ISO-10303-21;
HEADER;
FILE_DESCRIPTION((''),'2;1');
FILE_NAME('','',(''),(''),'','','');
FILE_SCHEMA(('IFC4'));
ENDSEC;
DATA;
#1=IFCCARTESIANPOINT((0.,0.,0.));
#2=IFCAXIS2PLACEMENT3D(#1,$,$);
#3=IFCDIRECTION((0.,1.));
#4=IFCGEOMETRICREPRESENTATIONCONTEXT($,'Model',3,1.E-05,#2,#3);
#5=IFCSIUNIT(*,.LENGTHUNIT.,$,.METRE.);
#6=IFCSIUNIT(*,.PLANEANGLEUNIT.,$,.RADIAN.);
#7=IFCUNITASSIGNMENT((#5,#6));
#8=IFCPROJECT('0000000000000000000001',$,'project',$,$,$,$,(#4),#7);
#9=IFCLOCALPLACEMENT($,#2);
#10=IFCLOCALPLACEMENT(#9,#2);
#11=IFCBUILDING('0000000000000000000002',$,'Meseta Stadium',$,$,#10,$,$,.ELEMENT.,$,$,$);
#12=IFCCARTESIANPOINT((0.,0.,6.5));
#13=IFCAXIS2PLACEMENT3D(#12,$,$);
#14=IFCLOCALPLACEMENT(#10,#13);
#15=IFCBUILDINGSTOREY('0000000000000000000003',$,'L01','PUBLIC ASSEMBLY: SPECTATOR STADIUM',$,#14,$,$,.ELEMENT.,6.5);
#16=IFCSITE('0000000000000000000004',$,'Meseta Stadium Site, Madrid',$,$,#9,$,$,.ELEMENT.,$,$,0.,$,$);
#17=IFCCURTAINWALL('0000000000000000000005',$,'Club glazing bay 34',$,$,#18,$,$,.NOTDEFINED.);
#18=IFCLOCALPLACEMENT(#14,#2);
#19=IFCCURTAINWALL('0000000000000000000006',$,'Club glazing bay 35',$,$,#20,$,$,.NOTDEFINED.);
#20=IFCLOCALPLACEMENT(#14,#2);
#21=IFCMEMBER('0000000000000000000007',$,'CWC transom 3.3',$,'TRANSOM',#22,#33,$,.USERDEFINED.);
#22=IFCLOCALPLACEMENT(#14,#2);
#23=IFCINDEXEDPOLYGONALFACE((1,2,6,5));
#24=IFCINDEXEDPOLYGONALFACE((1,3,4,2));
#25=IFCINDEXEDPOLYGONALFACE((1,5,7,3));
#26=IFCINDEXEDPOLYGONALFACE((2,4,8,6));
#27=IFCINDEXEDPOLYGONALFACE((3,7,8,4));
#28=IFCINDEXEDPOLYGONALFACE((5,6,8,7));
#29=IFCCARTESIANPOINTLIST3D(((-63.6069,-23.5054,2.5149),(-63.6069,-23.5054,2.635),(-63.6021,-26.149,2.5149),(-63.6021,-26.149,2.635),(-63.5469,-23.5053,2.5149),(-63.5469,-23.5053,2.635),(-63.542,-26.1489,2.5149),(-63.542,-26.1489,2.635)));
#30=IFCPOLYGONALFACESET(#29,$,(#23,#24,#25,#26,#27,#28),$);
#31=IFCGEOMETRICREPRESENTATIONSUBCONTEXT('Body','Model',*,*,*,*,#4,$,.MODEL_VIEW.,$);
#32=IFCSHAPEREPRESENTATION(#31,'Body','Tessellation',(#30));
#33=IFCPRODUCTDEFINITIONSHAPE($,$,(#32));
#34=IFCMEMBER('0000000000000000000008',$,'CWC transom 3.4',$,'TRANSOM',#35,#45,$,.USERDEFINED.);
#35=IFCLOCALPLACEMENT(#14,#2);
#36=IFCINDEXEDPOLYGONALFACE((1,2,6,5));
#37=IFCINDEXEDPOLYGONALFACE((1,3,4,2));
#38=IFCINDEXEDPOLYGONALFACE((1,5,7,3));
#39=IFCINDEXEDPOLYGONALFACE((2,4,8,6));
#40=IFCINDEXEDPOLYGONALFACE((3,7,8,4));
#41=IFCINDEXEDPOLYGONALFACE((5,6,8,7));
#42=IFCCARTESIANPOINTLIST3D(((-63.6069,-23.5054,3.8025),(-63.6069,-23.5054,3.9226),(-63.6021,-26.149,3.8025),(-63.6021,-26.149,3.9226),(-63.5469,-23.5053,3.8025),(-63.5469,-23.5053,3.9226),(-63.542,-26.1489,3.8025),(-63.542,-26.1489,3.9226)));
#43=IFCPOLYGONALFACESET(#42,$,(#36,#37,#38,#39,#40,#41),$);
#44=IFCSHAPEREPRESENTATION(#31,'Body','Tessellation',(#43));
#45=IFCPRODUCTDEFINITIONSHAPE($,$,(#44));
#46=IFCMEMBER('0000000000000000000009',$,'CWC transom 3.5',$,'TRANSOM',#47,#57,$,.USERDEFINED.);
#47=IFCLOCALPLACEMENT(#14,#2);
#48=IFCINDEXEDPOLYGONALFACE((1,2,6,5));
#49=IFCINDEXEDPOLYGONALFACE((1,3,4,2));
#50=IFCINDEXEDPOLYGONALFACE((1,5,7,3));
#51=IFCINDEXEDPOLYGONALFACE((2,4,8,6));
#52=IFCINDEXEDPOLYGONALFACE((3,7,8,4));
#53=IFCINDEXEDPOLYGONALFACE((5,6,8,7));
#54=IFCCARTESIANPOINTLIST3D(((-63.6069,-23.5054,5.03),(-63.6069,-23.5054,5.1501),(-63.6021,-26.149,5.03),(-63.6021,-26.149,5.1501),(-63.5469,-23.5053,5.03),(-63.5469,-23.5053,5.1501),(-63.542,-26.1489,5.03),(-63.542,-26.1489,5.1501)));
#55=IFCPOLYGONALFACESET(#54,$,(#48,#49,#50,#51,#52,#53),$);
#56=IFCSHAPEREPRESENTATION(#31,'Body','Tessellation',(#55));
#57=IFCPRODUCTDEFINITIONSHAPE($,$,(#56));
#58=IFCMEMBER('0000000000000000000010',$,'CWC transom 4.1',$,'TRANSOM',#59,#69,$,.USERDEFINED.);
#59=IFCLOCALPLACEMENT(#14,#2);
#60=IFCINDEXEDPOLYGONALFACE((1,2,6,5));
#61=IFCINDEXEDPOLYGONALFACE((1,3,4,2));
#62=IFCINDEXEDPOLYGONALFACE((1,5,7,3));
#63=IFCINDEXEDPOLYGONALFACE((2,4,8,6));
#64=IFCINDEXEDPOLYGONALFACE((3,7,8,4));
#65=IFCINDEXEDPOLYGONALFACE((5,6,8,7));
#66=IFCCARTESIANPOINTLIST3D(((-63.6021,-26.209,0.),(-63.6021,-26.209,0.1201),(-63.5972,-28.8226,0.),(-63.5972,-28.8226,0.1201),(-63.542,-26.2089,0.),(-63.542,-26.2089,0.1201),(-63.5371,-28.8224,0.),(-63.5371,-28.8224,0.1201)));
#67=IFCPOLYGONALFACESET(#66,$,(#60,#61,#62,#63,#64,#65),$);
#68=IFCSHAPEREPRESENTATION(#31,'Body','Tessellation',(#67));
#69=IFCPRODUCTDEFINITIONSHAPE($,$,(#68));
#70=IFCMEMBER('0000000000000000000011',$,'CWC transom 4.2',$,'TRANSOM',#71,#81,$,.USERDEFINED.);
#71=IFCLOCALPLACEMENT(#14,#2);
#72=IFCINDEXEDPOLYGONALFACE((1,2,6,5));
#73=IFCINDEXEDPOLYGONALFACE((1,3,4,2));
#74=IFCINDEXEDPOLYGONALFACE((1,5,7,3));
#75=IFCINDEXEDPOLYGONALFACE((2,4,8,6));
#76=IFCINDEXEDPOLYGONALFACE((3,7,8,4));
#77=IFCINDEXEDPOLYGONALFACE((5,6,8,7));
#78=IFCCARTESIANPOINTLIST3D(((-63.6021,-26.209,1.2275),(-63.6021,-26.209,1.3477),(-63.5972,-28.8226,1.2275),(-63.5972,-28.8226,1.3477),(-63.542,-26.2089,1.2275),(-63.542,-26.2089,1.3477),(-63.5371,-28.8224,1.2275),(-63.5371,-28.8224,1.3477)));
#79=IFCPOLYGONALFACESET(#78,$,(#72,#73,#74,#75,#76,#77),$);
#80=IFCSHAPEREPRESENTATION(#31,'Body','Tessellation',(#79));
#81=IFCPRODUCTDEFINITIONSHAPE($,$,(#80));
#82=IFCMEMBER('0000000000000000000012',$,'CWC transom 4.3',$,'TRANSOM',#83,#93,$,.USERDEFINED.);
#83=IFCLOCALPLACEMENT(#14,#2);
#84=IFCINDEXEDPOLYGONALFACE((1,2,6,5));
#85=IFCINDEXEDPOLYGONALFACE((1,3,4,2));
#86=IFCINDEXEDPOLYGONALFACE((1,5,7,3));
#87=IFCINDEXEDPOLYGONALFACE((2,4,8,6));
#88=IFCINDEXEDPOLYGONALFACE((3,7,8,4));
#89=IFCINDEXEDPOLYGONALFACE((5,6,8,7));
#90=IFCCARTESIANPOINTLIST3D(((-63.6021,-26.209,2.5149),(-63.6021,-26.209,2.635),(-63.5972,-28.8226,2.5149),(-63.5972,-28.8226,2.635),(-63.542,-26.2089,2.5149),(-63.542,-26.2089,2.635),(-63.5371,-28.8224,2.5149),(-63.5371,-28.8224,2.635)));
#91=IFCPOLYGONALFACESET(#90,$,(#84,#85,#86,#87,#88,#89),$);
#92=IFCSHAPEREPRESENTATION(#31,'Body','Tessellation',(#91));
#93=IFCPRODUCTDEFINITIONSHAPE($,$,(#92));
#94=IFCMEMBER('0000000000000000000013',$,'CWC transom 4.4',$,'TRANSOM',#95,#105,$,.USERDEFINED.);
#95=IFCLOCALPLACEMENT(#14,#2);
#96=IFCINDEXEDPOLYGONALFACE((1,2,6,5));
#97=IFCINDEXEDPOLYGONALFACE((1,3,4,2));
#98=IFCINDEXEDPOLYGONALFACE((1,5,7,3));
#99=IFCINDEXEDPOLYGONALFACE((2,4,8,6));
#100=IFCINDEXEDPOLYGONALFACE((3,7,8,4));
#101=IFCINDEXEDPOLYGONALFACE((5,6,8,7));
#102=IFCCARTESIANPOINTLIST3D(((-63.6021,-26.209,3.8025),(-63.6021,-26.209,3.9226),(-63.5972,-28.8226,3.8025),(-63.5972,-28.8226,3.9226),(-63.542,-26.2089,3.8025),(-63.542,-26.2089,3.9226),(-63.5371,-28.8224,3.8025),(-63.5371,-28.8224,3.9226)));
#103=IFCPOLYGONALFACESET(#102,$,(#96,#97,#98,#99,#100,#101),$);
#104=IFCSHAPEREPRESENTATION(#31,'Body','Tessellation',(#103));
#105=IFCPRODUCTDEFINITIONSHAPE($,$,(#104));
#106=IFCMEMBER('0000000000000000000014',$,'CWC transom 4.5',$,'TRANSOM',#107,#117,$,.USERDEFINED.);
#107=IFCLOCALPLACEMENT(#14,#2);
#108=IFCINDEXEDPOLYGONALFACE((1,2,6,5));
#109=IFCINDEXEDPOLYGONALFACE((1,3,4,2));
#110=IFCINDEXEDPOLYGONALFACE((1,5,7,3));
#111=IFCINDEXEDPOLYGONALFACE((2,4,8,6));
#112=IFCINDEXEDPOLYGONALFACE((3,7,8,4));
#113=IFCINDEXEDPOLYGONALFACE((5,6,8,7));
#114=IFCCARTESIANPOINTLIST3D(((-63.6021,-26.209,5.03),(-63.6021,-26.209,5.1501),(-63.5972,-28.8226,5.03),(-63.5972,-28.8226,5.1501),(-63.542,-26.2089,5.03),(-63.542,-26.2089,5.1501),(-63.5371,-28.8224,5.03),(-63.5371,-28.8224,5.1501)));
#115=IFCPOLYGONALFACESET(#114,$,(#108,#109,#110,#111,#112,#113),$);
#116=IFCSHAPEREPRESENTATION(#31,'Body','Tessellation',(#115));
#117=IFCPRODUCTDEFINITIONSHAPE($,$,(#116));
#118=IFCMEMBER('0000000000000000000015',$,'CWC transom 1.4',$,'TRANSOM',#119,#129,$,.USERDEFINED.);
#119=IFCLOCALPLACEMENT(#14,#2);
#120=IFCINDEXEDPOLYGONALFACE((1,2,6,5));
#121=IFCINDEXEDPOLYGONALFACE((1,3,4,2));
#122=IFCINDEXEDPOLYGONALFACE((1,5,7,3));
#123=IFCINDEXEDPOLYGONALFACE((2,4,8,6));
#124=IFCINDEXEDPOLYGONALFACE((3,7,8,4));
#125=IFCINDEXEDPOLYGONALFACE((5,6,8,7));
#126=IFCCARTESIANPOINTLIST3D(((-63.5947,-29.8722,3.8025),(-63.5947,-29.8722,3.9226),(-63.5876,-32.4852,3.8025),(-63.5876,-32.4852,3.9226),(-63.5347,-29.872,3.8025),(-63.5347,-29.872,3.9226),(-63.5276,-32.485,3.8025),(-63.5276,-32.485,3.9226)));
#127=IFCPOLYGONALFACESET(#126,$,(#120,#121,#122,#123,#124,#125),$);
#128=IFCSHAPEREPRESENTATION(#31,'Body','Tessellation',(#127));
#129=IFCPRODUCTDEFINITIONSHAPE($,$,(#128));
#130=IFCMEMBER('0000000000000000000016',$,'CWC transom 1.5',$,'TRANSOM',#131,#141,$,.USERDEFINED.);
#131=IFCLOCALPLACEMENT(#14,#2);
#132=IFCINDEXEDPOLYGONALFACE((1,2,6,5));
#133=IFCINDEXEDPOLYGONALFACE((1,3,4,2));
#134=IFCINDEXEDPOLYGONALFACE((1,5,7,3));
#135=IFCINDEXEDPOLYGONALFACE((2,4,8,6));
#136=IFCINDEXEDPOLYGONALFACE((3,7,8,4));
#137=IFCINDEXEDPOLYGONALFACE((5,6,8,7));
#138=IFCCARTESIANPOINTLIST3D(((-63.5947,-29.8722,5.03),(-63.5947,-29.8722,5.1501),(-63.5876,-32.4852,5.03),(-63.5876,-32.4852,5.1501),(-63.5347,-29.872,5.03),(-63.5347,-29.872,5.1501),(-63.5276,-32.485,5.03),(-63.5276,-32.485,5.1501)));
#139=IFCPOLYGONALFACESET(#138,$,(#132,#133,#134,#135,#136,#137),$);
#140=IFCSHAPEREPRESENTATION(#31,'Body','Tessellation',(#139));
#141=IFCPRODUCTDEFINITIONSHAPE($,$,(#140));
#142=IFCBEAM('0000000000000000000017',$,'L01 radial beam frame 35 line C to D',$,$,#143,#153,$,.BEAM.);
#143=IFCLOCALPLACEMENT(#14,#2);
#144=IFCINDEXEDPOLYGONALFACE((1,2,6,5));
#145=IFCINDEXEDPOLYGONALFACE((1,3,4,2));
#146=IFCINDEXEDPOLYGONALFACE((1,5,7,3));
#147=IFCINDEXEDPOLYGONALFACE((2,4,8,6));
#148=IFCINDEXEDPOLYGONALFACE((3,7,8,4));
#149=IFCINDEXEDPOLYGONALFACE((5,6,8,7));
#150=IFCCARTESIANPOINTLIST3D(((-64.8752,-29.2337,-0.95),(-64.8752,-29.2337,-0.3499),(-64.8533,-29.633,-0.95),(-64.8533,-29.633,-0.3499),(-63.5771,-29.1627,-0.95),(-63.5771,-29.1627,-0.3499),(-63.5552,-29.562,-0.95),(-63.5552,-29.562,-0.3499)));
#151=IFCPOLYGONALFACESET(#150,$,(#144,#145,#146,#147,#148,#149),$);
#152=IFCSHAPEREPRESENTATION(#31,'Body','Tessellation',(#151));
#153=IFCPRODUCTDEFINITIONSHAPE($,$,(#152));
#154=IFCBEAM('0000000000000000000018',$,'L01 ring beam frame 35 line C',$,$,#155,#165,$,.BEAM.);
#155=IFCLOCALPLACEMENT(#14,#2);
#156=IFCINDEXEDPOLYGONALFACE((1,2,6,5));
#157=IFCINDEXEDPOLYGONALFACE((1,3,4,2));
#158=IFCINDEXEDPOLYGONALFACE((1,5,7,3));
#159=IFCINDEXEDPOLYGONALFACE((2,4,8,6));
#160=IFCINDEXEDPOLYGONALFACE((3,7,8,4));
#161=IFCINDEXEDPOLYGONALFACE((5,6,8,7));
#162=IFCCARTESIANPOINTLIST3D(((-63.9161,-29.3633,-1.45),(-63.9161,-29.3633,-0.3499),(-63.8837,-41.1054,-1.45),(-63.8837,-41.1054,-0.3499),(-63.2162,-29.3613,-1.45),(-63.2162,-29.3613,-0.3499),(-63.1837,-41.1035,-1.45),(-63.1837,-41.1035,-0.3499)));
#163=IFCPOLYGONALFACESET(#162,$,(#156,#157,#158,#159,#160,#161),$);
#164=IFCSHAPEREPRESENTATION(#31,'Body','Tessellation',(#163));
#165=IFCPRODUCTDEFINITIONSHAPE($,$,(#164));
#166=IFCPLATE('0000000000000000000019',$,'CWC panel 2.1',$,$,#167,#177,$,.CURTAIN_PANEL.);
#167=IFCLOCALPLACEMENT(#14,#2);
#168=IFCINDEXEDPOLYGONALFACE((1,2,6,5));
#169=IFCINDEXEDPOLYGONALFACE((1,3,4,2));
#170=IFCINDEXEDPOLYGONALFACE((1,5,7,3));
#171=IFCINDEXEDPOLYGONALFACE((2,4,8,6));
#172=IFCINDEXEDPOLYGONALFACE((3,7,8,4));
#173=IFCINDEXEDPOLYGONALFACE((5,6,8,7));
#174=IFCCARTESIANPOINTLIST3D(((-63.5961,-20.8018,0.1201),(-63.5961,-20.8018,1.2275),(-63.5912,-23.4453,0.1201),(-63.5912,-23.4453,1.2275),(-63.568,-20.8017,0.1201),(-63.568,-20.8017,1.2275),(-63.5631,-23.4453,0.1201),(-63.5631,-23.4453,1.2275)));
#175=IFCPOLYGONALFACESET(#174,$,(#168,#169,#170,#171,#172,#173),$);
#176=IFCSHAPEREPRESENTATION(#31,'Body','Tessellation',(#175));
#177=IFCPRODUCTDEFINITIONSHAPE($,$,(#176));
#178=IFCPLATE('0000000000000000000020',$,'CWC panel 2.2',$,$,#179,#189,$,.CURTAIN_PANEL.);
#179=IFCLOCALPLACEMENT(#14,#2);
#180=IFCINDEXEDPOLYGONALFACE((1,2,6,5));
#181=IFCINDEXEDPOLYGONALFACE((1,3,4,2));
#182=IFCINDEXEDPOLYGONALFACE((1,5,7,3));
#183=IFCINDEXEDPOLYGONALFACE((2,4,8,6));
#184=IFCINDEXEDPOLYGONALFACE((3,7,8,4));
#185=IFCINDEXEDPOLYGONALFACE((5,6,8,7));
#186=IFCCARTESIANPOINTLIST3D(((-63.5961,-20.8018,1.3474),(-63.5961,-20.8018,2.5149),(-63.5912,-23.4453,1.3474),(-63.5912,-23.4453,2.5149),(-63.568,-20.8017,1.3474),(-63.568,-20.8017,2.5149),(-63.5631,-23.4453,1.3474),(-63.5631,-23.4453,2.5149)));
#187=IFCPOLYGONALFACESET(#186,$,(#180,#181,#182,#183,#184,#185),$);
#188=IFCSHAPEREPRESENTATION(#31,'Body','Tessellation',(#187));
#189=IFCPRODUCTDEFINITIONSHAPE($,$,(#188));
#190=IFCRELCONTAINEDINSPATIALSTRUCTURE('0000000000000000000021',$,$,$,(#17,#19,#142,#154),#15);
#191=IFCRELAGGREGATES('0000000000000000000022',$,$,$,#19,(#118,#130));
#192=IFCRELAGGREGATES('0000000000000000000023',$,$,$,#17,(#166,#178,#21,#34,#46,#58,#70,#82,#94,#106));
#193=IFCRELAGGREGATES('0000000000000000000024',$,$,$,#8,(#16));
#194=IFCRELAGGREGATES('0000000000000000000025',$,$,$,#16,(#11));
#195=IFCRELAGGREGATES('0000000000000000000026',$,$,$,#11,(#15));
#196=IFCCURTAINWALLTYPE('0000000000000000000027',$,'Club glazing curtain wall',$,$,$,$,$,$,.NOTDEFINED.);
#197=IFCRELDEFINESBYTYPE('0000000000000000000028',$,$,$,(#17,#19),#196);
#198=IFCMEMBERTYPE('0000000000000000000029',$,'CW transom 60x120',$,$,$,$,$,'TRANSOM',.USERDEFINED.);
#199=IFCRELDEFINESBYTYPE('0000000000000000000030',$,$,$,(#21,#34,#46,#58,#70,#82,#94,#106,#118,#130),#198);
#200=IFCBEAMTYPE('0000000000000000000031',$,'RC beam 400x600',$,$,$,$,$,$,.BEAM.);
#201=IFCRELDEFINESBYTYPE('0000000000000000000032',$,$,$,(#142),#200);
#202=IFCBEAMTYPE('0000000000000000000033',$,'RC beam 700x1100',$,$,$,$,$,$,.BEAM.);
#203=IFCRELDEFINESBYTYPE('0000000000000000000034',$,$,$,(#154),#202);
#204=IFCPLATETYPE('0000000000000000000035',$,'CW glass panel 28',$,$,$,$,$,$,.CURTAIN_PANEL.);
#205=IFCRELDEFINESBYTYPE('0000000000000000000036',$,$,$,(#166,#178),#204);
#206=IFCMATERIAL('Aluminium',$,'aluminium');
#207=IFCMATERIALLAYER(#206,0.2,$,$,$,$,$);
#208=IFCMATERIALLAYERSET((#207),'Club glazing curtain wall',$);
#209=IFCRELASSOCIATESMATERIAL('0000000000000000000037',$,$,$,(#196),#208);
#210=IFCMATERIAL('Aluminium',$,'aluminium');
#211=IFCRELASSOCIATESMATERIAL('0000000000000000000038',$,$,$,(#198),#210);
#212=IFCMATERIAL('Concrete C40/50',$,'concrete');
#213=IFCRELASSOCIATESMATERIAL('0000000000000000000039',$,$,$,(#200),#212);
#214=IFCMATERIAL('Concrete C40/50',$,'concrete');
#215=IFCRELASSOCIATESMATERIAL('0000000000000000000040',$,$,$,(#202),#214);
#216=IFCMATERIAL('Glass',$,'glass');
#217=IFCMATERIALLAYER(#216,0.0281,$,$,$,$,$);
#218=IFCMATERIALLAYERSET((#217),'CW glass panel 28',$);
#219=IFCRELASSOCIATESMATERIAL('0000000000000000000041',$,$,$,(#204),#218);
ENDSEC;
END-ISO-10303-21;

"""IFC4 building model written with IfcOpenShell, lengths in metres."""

from ifc_helpers import new_model, si_unit, direction, frame, origin, origin_2d, place, context, subcontext, project, spatial, rectangle, extrude, material, layer, layer_set, material_profile, profile_set, type_object, element, aggregate, save


model = new_model("IFC4")

# Units and contexts
model_context = context("Model", 3, precision=1e-05, world=origin(), true_north=direction((0.0, 1.0)))
body_context = subcontext(model_context, "Body", "Model", "MODEL_VIEW")
ifc_project = project(units=[si_unit("LENGTHUNIT", "METRE"), si_unit("PLANEANGLEUNIT", "RADIAN")], contexts=[model_context])

# Site, building, storey
site_placement = place(None, origin())
site = spatial("IfcSite", under=ifc_project, at=site_placement, Name="Meseta Stadium Site, Madrid", CompositionType="ELEMENT", RefElevation=0.0)
building_placement = place(site_placement, origin())
building = spatial("IfcBuilding", under=site, at=building_placement, Name="Meseta Stadium", CompositionType="ELEMENT")
storey_placement = place(building_placement, frame((0.0, 0.0, 6.5)))
storey = spatial("IfcBuildingStorey", under=building, at=storey_placement, Name="L01", Description="PUBLIC ASSEMBLY: SPECTATOR STADIUM", CompositionType="ELEMENT", Elevation=6.5)

# Curtain wall
ifc_material_1 = material(Name="Aluminium", Category="aluminium")
ifc_layer_1 = layer(ifc_material_1, 0.2)
ifc_layer_set_1 = layer_set([ifc_layer_1], Name="Club glazing curtain wall")
curtain_wall_type = type_object("IfcCurtainWallType", Name="Club glazing curtain wall", PredefinedType="NOTDEFINED", material=ifc_layer_set_1)
curtain_wall_1_placement = place(storey_placement, origin())
curtain_wall_1 = element("IfcCurtainWall", 1, at=curtain_wall_1_placement, inside=storey, type_object=curtain_wall_type, Name="Club glazing bay 34", PredefinedType="NOTDEFINED")

# Curtain wall
curtain_wall_2_placement = place(storey_placement, origin())
curtain_wall_2 = element("IfcCurtainWall", 2, at=curtain_wall_2_placement, inside=storey, type_object=curtain_wall_type, Name="Club glazing bay 35", PredefinedType="NOTDEFINED")

# Members
ifc_material_2 = material(Name="Aluminium", Category="aluminium")
ifc_material_profile_1 = material_profile(ifc_material_2, rectangle(XDim=0.0601, YDim=0.1201, at=origin_2d()), Name="CW 60x120")
ifc_profile_set_1 = profile_set([ifc_material_profile_1], Name="Aluminium")
member_type_1 = type_object("IfcMemberType", Name="CW transom 60x120", ElementType="TRANSOM", PredefinedType="USERDEFINED", material=ifc_profile_set_1)
member_1_placement = place(storey_placement, frame((-63.5769, -23.5054, 2.575), z_axis=(0.001847, -0.999998, 0.0), x_axis=(0.999998, 0.001847, 0.0)))
member_1 = element("IfcMember", 3, at=member_1_placement, type_object=member_type_1, Name="CWC transom 3.3", ObjectType="TRANSOM", PredefinedType="USERDEFINED", context=body_context, shape_type="SweptSolid", body=[
    extrude(rectangle(XDim=0.0601, YDim=0.1201, at=origin_2d()), origin(), (0.0, 0.0, 1.0), 2.6436),
])
member_2_placement = place(storey_placement, frame((-63.5769, -23.5054, 3.8625), z_axis=(0.001847, -0.999998, 0.0), x_axis=(0.999998, 0.001847, 0.0)))
member_2 = element("IfcMember", 4, at=member_2_placement, type_object=member_type_1, Name="CWC transom 3.4", ObjectType="TRANSOM", PredefinedType="USERDEFINED", context=body_context, shape_type="SweptSolid", body=[
    extrude(rectangle(XDim=0.0601, YDim=0.1201, at=origin_2d()), origin(), (0.0, 0.0, 1.0), 2.6436),
])
member_3_placement = place(storey_placement, frame((-63.5769, -23.5054, 5.0901), z_axis=(0.001847, -0.999998, 0.0), x_axis=(0.999998, 0.001847, 0.0)))
member_3 = element("IfcMember", 5, at=member_3_placement, type_object=member_type_1, Name="CWC transom 3.5", ObjectType="TRANSOM", PredefinedType="USERDEFINED", context=body_context, shape_type="SweptSolid", body=[
    extrude(rectangle(XDim=0.0601, YDim=0.1201, at=origin_2d()), origin(), (0.0, 0.0, 1.0), 2.6436),
])
member_4_placement = place(storey_placement, frame((-63.572, -26.209, 0.0601), z_axis=(0.001868, -0.999998, 0.0), x_axis=(0.999998, 0.001868, 0.0)))
member_4 = element("IfcMember", 6, at=member_4_placement, type_object=member_type_1, Name="CWC transom 4.1", ObjectType="TRANSOM", PredefinedType="USERDEFINED", context=body_context, shape_type="SweptSolid", body=[
    extrude(rectangle(XDim=0.0601, YDim=0.1201, at=origin_2d()), origin(), (0.0, 0.0, 1.0), 2.6135),
])
member_5_placement = place(storey_placement, frame((-63.572, -26.209, 1.2876), z_axis=(0.001868, -0.999998, 0.0), x_axis=(0.999998, 0.001868, 0.0)))
member_5 = element("IfcMember", 7, at=member_5_placement, type_object=member_type_1, Name="CWC transom 4.2", ObjectType="TRANSOM", PredefinedType="USERDEFINED", context=body_context, shape_type="SweptSolid", body=[
    extrude(rectangle(XDim=0.0601, YDim=0.1201, at=origin_2d()), origin(), (0.0, 0.0, 1.0), 2.6135),
])
member_6_placement = place(storey_placement, frame((-63.572, -26.209, 2.575), z_axis=(0.001868, -0.999998, 0.0), x_axis=(0.999998, 0.001868, 0.0)))
member_6 = element("IfcMember", 8, at=member_6_placement, type_object=member_type_1, Name="CWC transom 4.3", ObjectType="TRANSOM", PredefinedType="USERDEFINED", context=body_context, shape_type="SweptSolid", body=[
    extrude(rectangle(XDim=0.0601, YDim=0.1201, at=origin_2d()), origin(), (0.0, 0.0, 1.0), 2.6135),
])
member_7_placement = place(storey_placement, frame((-63.572, -26.209, 3.8625), z_axis=(0.001868, -0.999998, 0.0), x_axis=(0.999998, 0.001868, 0.0)))
member_7 = element("IfcMember", 9, at=member_7_placement, type_object=member_type_1, Name="CWC transom 4.4", ObjectType="TRANSOM", PredefinedType="USERDEFINED", context=body_context, shape_type="SweptSolid", body=[
    extrude(rectangle(XDim=0.0601, YDim=0.1201, at=origin_2d()), origin(), (0.0, 0.0, 1.0), 2.6135),
])
member_8_placement = place(storey_placement, frame((-63.572, -26.209, 5.0901), z_axis=(0.001868, -0.999998, 0.0), x_axis=(0.999998, 0.001868, 0.0)))
member_8 = element("IfcMember", 10, at=member_8_placement, type_object=member_type_1, Name="CWC transom 4.5", ObjectType="TRANSOM", PredefinedType="USERDEFINED", context=body_context, shape_type="SweptSolid", body=[
    extrude(rectangle(XDim=0.0601, YDim=0.1201, at=origin_2d()), origin(), (0.0, 0.0, 1.0), 2.6135),
])
member_9_placement = place(storey_placement, frame((-63.5647, -29.8721, 3.8625), z_axis=(0.00271, -0.999996, 0.0), x_axis=(0.999996, 0.00271, 0.0)))
member_9 = element("IfcMember", 11, at=member_9_placement, type_object=member_type_1, Name="CWC transom 1.4", ObjectType="TRANSOM", PredefinedType="USERDEFINED", context=body_context, shape_type="SweptSolid", body=[
    extrude(rectangle(XDim=0.0601, YDim=0.1201, at=origin_2d()), origin(), (0.0, 0.0, 1.0), 2.613),
])
member_10_placement = place(storey_placement, frame((-63.5647, -29.8721, 5.0901), z_axis=(0.00271, -0.999996, 0.0), x_axis=(0.999996, 0.00271, 0.0)))
member_10 = element("IfcMember", 12, at=member_10_placement, type_object=member_type_1, Name="CWC transom 1.5", ObjectType="TRANSOM", PredefinedType="USERDEFINED", context=body_context, shape_type="SweptSolid", body=[
    extrude(rectangle(XDim=0.0601, YDim=0.1201, at=origin_2d()), origin(), (0.0, 0.0, 1.0), 2.613),
])
aggregate(curtain_wall_2, [member_9, member_10])

# Beams
ifc_material_3 = material(Name="Concrete C40/50", Category="concrete")
ifc_material_profile_2 = material_profile(ifc_material_3, rectangle(XDim=0.3999, YDim=0.6001, at=origin_2d()), Name="RC 400x600")
ifc_profile_set_2 = profile_set([ifc_material_profile_2], Name="Concrete C40/50")
beam_type_1 = type_object("IfcBeamType", Name="RC beam 400x600", PredefinedType="BEAM", material=ifc_profile_set_2)
beam_1_placement = place(storey_placement, frame((-63.5662, -29.3623, -0.6499), z_axis=(-0.998506, -0.054648, 0.0), x_axis=(0.054648, -0.998506, 0.0)))
element("IfcBeam", 13, at=beam_1_placement, inside=storey, type_object=beam_type_1, Name="L01 radial beam frame 35 line C to D", PredefinedType="BEAM", context=body_context, shape_type="SweptSolid", body=[
    extrude(rectangle(XDim=0.3999, YDim=0.6001, at=origin_2d()), origin(), (0.0, 0.0, 1.0), 1.3),
])
ifc_material_4 = material(Name="Concrete C40/50", Category="concrete")
ifc_material_profile_3 = material_profile(ifc_material_4, rectangle(XDim=0.7, YDim=1.1001, at=origin_2d()), Name="RC 700x1100")
ifc_profile_set_3 = profile_set([ifc_material_profile_3], Name="Concrete C40/50")
beam_type_2 = type_object("IfcBeamType", Name="RC beam 700x1100", PredefinedType="BEAM", material=ifc_profile_set_3)
beam_2_placement = place(storey_placement, frame((-63.5662, -29.3623, -0.8999), z_axis=(0.002765, -0.999996, 0.0), x_axis=(0.999996, 0.002765, 0.0)))
element("IfcBeam", 14, at=beam_2_placement, inside=storey, type_object=beam_type_2, Name="L01 ring beam frame 35 line C", PredefinedType="BEAM", context=body_context, shape_type="SweptSolid", body=[
    extrude(rectangle(XDim=0.7, YDim=1.1001, at=origin_2d()), origin(), (0.0, 0.0, 1.0), 11.7422),
])

# Plates
ifc_material_5 = material(Name="Glass", Category="glass")
ifc_layer_2 = layer(ifc_material_5, 0.0281)
ifc_layer_set_2 = layer_set([ifc_layer_2], Name="CW glass panel 28")
plate_type = type_object("IfcPlateType", Name="CW glass panel 28", PredefinedType="CURTAIN_PANEL", material=ifc_layer_set_2)
plate_1_placement = place(storey_placement, frame((-63.5796, -22.1235, 0.1201), z_axis=(0.0, 0.0, 1.0), x_axis=(0.001845, -0.999998, 0.0)))
plate_1 = element("IfcPlate", 15, at=plate_1_placement, type_object=plate_type, Name="CWC panel 2.1", PredefinedType="CURTAIN_PANEL", context=body_context, shape_type="SweptSolid", body=[
    extrude(rectangle(XDim=2.6436, YDim=0.0281, at=origin_2d()), origin(), (0.0, 0.0, 1.0), 1.1074),
])
plate_2_placement = place(storey_placement, frame((-63.5796, -22.1235, 1.3474), z_axis=(0.0, 0.0, 1.0), x_axis=(0.001845, -0.999998, 0.0)))
plate_2 = element("IfcPlate", 16, at=plate_2_placement, type_object=plate_type, Name="CWC panel 2.2", PredefinedType="CURTAIN_PANEL", context=body_context, shape_type="SweptSolid", body=[
    extrude(rectangle(XDim=2.6436, YDim=0.0281, at=origin_2d()), origin(), (0.0, 0.0, 1.0), 1.1675),
])
aggregate(curtain_wall_1, [plate_1, plate_2, member_1, member_2, member_3, member_4, member_5, member_6, member_7, member_8])

save(model, "model.ifc")
